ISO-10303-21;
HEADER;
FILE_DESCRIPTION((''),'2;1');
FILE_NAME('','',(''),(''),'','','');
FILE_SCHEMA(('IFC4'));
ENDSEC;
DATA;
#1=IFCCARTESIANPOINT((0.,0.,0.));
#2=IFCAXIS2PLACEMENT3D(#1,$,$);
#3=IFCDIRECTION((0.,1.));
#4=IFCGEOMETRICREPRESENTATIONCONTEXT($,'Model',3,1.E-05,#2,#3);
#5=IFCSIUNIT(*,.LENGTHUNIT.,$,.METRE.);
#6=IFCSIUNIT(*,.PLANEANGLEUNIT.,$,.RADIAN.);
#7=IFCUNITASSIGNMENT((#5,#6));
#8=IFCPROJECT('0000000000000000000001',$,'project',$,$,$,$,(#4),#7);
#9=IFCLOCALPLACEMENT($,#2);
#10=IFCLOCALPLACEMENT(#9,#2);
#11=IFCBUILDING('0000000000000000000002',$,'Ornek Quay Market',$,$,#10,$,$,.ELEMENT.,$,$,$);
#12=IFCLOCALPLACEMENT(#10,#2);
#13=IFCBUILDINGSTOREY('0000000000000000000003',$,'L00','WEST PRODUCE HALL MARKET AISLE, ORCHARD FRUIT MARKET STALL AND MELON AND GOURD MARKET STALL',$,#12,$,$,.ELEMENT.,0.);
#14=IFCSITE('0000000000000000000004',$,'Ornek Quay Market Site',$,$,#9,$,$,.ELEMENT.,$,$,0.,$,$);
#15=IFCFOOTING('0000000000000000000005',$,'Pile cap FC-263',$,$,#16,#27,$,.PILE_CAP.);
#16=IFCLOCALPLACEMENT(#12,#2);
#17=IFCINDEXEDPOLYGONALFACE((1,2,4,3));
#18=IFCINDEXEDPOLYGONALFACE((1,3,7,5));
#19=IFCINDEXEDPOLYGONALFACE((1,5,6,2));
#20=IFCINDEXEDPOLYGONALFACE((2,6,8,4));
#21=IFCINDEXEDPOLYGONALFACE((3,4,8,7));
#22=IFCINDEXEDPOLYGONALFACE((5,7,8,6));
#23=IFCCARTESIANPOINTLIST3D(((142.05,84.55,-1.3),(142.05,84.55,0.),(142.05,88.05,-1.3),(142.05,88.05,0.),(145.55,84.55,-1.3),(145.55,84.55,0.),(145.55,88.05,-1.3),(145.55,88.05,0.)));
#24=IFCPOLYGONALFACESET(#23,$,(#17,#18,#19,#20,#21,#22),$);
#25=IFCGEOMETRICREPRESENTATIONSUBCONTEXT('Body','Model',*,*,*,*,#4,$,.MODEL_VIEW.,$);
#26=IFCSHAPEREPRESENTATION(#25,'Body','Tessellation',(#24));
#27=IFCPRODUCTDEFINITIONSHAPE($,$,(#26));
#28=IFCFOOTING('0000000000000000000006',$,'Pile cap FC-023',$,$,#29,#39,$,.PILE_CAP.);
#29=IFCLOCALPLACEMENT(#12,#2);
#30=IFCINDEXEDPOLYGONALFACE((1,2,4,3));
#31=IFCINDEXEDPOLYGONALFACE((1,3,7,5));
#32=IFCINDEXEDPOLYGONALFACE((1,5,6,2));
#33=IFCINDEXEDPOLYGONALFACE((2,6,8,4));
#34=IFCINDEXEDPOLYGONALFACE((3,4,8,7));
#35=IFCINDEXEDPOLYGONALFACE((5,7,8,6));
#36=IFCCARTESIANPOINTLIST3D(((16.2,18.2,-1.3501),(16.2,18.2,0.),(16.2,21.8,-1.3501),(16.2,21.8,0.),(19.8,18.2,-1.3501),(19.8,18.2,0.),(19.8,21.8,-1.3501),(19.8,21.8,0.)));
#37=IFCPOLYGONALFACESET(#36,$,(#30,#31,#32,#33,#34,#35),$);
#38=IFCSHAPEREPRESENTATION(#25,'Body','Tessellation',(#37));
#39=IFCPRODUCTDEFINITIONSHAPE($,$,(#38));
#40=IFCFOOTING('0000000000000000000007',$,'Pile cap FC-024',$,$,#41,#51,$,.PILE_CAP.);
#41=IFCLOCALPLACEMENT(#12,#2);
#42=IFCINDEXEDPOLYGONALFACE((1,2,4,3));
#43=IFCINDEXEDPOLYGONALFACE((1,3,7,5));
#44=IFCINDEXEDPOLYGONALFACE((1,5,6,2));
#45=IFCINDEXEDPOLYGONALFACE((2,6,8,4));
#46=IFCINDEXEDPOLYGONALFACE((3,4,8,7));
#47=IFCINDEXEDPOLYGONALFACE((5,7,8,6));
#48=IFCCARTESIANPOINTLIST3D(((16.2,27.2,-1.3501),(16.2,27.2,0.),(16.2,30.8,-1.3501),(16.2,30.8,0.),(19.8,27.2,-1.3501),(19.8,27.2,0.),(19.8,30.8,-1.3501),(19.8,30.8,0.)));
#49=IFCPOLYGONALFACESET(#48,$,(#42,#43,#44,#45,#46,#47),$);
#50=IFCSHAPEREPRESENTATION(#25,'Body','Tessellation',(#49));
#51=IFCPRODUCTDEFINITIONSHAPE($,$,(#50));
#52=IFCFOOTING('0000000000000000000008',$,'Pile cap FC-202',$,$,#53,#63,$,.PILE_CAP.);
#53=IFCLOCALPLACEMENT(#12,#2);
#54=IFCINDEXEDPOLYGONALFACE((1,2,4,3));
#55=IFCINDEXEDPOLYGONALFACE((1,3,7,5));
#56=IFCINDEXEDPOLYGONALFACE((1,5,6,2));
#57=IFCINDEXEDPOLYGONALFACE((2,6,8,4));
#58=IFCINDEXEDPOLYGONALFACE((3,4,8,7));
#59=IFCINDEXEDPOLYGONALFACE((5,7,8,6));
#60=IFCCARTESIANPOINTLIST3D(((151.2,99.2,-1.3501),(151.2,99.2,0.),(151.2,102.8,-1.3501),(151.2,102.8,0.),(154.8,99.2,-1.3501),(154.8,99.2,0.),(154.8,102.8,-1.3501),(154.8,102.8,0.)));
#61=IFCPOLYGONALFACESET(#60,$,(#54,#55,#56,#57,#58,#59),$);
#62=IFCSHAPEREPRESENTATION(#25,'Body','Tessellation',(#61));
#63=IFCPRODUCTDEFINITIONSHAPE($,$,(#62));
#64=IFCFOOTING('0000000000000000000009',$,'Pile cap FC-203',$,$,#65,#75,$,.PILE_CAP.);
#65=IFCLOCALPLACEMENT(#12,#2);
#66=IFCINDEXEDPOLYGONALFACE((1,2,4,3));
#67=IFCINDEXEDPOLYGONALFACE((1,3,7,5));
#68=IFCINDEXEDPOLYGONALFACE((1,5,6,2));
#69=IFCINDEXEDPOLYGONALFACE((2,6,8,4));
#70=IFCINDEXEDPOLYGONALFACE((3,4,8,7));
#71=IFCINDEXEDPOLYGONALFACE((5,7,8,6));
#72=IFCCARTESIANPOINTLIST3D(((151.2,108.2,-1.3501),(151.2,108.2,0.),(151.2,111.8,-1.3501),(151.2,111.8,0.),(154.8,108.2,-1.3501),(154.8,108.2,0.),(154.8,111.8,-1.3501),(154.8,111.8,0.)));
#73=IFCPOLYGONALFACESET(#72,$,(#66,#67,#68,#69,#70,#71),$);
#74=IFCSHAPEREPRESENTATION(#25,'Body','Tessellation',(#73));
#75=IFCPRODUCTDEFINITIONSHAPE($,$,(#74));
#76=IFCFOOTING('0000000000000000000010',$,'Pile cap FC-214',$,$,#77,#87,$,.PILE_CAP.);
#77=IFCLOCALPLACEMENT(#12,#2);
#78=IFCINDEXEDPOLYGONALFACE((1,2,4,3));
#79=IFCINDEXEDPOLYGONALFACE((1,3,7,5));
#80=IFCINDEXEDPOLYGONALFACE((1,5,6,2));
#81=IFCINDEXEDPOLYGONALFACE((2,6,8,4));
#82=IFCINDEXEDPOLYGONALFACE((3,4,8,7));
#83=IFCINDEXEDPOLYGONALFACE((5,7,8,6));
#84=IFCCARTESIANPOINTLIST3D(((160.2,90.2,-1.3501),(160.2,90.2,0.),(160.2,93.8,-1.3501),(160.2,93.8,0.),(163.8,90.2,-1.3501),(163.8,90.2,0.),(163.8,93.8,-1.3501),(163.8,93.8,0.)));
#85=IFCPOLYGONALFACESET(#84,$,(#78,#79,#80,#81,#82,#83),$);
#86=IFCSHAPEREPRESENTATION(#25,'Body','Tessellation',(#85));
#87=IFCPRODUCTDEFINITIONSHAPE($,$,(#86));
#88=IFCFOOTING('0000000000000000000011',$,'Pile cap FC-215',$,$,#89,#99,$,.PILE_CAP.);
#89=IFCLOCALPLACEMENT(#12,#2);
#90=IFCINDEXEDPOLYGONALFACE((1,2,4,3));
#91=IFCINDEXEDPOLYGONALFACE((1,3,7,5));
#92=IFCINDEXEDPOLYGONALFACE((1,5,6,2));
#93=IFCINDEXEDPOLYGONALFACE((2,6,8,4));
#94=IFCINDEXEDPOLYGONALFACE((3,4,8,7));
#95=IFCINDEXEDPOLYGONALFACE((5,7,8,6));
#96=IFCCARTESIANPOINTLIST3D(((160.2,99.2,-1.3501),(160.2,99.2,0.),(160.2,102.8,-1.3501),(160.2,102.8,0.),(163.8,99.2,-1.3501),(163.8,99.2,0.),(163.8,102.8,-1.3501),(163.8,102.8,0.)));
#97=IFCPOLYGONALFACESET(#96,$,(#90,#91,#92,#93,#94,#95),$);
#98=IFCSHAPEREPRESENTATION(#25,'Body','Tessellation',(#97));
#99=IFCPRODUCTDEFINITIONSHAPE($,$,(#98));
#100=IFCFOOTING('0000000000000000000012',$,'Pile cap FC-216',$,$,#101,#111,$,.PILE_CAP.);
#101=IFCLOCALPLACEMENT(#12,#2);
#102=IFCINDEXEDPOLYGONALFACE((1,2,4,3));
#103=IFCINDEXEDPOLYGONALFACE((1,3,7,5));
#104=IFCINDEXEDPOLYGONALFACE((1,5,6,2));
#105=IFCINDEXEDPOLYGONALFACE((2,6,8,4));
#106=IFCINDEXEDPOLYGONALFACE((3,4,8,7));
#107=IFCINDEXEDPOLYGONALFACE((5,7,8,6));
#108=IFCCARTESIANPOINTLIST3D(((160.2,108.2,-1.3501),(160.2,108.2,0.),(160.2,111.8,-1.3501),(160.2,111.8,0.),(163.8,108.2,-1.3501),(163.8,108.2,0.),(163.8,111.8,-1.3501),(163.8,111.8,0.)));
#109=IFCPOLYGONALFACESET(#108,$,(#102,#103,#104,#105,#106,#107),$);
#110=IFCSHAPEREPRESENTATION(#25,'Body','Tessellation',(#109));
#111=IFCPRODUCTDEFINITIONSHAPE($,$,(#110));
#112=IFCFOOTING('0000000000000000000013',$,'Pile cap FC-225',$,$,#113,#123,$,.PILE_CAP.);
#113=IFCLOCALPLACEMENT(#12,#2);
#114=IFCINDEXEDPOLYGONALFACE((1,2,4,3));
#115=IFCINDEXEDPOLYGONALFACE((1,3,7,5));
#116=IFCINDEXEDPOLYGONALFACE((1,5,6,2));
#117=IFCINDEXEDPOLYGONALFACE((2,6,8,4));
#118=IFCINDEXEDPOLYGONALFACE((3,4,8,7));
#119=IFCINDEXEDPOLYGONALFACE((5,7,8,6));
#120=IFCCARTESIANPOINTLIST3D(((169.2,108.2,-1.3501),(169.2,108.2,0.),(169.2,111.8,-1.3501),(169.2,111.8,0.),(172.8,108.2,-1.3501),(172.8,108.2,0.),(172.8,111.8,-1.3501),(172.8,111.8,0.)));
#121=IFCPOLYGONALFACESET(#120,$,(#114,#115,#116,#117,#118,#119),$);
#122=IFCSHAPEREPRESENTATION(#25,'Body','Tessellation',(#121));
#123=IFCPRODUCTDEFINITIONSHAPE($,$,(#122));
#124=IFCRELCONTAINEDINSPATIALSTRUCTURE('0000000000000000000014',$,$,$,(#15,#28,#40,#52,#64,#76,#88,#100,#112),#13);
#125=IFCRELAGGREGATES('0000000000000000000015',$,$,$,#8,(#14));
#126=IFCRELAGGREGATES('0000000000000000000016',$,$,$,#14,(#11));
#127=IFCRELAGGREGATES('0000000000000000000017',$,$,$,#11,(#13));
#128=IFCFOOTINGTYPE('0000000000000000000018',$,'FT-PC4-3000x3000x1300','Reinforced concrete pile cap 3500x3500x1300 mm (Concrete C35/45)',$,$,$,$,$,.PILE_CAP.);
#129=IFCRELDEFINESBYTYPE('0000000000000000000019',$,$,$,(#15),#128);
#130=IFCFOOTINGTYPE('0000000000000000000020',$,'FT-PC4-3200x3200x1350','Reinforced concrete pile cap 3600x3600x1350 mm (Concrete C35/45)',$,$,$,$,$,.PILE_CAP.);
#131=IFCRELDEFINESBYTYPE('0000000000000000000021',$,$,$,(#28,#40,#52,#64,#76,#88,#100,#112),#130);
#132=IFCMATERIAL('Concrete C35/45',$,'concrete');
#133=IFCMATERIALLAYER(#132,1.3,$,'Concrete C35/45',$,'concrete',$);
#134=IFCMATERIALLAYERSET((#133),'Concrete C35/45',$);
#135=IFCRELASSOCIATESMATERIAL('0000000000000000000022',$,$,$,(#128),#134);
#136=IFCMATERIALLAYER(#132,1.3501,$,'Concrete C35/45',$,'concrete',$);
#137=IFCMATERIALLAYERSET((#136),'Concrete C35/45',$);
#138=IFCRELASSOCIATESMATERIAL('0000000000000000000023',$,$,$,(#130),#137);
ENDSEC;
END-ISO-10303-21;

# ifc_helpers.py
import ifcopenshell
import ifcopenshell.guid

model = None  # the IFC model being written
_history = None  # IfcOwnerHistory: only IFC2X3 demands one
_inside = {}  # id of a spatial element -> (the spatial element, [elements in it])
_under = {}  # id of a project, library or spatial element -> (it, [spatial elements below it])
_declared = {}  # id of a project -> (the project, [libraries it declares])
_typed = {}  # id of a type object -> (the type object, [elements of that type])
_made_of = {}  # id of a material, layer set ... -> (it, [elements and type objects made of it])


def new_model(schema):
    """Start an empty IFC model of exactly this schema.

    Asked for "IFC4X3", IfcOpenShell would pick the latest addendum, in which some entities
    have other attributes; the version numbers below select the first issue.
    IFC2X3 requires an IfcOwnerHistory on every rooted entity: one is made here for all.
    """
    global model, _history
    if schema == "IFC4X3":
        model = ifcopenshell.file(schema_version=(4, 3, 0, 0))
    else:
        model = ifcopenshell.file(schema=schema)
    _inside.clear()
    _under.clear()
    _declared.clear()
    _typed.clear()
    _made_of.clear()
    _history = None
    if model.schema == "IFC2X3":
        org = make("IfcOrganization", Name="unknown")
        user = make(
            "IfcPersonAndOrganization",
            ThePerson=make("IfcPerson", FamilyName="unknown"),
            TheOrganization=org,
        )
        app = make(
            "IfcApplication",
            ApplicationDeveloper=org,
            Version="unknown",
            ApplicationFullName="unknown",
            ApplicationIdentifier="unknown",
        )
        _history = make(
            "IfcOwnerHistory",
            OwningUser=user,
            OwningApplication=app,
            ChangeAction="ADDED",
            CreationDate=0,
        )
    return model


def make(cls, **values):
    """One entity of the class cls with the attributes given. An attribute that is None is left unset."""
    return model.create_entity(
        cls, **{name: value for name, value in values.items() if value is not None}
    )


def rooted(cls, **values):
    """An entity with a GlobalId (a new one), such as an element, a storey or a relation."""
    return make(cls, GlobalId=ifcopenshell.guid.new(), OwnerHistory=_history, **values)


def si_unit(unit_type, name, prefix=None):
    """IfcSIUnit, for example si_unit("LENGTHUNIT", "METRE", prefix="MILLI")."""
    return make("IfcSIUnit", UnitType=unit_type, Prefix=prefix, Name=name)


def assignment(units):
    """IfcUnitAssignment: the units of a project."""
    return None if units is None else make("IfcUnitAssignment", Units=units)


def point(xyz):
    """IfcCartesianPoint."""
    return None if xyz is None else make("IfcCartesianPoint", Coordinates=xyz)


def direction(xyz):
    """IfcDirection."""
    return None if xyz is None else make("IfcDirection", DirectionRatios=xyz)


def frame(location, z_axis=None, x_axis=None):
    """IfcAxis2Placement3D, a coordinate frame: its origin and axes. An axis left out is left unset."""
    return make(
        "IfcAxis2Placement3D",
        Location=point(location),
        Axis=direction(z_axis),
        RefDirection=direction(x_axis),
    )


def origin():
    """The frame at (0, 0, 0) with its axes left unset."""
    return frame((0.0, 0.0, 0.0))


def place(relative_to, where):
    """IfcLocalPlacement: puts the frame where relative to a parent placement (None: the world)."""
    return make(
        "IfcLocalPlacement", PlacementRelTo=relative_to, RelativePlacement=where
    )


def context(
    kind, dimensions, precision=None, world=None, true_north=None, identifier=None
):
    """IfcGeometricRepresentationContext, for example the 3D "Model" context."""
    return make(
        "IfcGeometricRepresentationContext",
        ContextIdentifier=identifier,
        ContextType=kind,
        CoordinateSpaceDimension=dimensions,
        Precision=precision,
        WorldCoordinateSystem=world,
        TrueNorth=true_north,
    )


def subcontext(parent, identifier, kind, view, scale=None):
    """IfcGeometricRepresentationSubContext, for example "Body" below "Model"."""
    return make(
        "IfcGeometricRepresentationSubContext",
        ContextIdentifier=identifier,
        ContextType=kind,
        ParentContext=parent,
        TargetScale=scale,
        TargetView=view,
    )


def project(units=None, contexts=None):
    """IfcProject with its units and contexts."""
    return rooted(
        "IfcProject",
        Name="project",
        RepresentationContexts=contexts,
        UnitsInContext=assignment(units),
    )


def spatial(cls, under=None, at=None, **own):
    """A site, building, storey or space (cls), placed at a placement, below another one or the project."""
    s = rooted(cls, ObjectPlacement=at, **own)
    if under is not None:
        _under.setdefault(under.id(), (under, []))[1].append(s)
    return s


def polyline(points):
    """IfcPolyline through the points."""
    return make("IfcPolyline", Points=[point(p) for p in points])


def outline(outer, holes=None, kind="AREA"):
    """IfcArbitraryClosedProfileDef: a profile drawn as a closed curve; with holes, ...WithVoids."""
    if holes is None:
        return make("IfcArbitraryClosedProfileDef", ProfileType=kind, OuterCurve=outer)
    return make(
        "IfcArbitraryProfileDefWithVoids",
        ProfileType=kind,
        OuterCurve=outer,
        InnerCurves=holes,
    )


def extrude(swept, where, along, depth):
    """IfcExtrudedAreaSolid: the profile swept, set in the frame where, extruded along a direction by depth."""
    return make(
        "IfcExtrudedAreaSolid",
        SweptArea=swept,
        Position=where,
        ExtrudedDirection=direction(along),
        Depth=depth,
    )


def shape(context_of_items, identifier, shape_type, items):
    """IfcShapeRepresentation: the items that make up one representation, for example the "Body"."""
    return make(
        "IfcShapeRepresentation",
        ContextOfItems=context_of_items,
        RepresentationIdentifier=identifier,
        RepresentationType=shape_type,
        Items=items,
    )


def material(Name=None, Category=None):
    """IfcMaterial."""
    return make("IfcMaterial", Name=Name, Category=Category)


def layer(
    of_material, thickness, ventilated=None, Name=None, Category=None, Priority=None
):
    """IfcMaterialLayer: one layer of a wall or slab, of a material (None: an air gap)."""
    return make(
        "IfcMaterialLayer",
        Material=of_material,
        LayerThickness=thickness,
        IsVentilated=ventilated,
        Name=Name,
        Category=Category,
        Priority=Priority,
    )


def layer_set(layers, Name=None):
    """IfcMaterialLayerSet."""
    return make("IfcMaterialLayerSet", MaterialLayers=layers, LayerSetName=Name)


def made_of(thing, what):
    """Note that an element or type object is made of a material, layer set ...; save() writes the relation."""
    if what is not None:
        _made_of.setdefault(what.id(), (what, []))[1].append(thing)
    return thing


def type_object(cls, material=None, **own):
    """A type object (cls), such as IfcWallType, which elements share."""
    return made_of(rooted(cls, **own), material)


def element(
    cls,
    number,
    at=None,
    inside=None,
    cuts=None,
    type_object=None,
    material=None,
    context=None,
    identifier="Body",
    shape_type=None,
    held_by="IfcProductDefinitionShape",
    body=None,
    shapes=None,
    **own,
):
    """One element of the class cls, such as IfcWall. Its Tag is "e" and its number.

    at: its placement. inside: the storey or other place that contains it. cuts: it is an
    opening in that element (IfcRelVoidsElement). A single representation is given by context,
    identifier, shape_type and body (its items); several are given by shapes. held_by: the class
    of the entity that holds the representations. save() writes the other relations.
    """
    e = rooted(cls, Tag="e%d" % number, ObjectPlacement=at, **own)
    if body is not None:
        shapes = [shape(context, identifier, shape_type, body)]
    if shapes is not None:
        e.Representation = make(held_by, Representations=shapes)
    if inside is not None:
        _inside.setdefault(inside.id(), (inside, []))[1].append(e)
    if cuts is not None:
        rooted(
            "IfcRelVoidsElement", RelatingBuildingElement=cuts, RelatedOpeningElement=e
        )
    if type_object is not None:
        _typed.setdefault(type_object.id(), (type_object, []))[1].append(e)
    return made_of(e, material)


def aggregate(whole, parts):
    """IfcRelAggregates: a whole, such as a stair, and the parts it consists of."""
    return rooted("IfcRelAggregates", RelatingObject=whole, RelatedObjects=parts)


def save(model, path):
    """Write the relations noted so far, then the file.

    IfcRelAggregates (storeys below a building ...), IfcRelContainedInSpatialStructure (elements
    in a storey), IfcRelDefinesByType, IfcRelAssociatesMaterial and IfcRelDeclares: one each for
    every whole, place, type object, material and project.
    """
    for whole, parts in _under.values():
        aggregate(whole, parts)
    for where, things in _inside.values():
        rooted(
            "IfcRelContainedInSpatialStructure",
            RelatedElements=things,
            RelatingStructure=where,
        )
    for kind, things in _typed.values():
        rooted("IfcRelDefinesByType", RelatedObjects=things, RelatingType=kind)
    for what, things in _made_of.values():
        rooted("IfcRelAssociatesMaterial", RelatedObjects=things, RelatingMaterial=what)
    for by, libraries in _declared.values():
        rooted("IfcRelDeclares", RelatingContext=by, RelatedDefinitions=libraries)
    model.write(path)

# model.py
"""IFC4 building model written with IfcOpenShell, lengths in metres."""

from ifc_helpers import new_model, si_unit, direction, frame, origin, place, context, subcontext, project, spatial, polyline, outline, extrude, material, layer, layer_set, type_object, element, save


model = new_model("IFC4")

# Units and contexts
model_context = context("Model", 3, precision=1e-05, world=origin(), true_north=direction((0.0, 1.0)))
body_context = subcontext(model_context, "Body", "Model", "MODEL_VIEW")
ifc_project = project(units=[si_unit("LENGTHUNIT", "METRE"), si_unit("PLANEANGLEUNIT", "RADIAN")], contexts=[model_context])

# Site, building, storey
site_placement = place(None, origin())
site = spatial("IfcSite", under=ifc_project, at=site_placement, Name="Ornek Quay Market Site", CompositionType="ELEMENT", RefElevation=0.0)
building_placement = place(site_placement, origin())
building = spatial("IfcBuilding", under=site, at=building_placement, Name="Ornek Quay Market", CompositionType="ELEMENT")
storey_placement = place(building_placement, origin())
storey = spatial("IfcBuildingStorey", under=building, at=storey_placement, Name="L00", Description="WEST PRODUCE HALL MARKET AISLE, ORCHARD FRUIT MARKET STALL AND MELON AND GOURD MARKET STALL", CompositionType="ELEMENT", Elevation=0.0)

# Footings
ifc_material = material(Name="Concrete C35/45", Category="concrete")
ifc_layer_1 = layer(ifc_material, 1.3, Name="Concrete C35/45", Category="concrete")
ifc_layer_set_1 = layer_set([ifc_layer_1], Name="Concrete C35/45")
footing_type_1 = type_object("IfcFootingType", Name="FT-PC4-3000x3000x1300", Description="Reinforced concrete pile cap 3500x3500x1300 mm (Concrete C35/45)", PredefinedType="PILE_CAP", material=ifc_layer_set_1)
footing_1_placement = place(storey_placement, frame((0.0, 0.0, -1.3)))
element("IfcFooting", 1, at=footing_1_placement, inside=storey, type_object=footing_type_1, Name="Pile cap FC-263", PredefinedType="PILE_CAP", context=body_context, shape_type="SweptSolid", body=[
    extrude(outline(polyline([(142.05, 84.55), (145.55, 84.55), (145.55, 88.05), (142.05, 88.05), (142.05, 84.55)])), origin(), (0.0, 0.0, 1.0), 1.3),
])
ifc_layer_2 = layer(ifc_material, 1.3501, Name="Concrete C35/45", Category="concrete")
ifc_layer_set_2 = layer_set([ifc_layer_2], Name="Concrete C35/45")
footing_type_2 = type_object("IfcFootingType", Name="FT-PC4-3200x3200x1350", Description="Reinforced concrete pile cap 3600x3600x1350 mm (Concrete C35/45)", PredefinedType="PILE_CAP", material=ifc_layer_set_2)
footing_2_placement = place(storey_placement, frame((0.0, 0.0, -1.3501)))
element("IfcFooting", 2, at=footing_2_placement, inside=storey, type_object=footing_type_2, Name="Pile cap FC-023", PredefinedType="PILE_CAP", context=body_context, shape_type="SweptSolid", body=[
    extrude(outline(polyline([(16.2, 18.2), (19.8, 18.2), (19.8, 21.8), (16.2, 21.8), (16.2, 18.2)])), origin(), (0.0, 0.0, 1.0), 1.3501),
])
footing_3_placement = place(storey_placement, frame((0.0, 0.0, -1.3501)))
element("IfcFooting", 3, at=footing_3_placement, inside=storey, type_object=footing_type_2, Name="Pile cap FC-024", PredefinedType="PILE_CAP", context=body_context, shape_type="SweptSolid", body=[
    extrude(outline(polyline([(16.2, 27.2), (19.8, 27.2), (19.8, 30.8), (16.2, 30.8), (16.2, 27.2)])), origin(), (0.0, 0.0, 1.0), 1.3501),
])
footing_4_placement = place(storey_placement, frame((0.0, 0.0, -1.3501)))
element("IfcFooting", 4, at=footing_4_placement, inside=storey, type_object=footing_type_2, Name="Pile cap FC-202", PredefinedType="PILE_CAP", context=body_context, shape_type="SweptSolid", body=[
    extrude(outline(polyline([(151.2, 99.2), (154.8, 99.2), (154.8, 102.8), (151.2, 102.8), (151.2, 99.2)])), origin(), (0.0, 0.0, 1.0), 1.3501),
])
footing_5_placement = place(storey_placement, frame((0.0, 0.0, -1.3501)))
element("IfcFooting", 5, at=footing_5_placement, inside=storey, type_object=footing_type_2, Name="Pile cap FC-203", PredefinedType="PILE_CAP", context=body_context, shape_type="SweptSolid", body=[
    extrude(outline(polyline([(151.2, 108.2), (154.8, 108.2), (154.8, 111.8), (151.2, 111.8), (151.2, 108.2)])), origin(), (0.0, 0.0, 1.0), 1.3501),
])
footing_6_placement = place(storey_placement, frame((0.0, 0.0, -1.3501)))
element("IfcFooting", 6, at=footing_6_placement, inside=storey, type_object=footing_type_2, Name="Pile cap FC-214", PredefinedType="PILE_CAP", context=body_context, shape_type="SweptSolid", body=[
    extrude(outline(polyline([(160.2, 90.2), (163.8, 90.2), (163.8, 93.8), (160.2, 93.8), (160.2, 90.2)])), origin(), (0.0, 0.0, 1.0), 1.3501),
])
footing_7_placement = place(storey_placement, frame((0.0, 0.0, -1.3501)))
element("IfcFooting", 7, at=footing_7_placement, inside=storey, type_object=footing_type_2, Name="Pile cap FC-215", PredefinedType="PILE_CAP", context=body_context, shape_type="SweptSolid", body=[
    extrude(outline(polyline([(160.2, 99.2), (163.8, 99.2), (163.8, 102.8), (160.2, 102.8), (160.2, 99.2)])), origin(), (0.0, 0.0, 1.0), 1.3501),
])
footing_8_placement = place(storey_placement, frame((0.0, 0.0, -1.3501)))
element("IfcFooting", 8, at=footing_8_placement, inside=storey, type_object=footing_type_2, Name="Pile cap FC-216", PredefinedType="PILE_CAP", context=body_context, shape_type="SweptSolid", body=[
    extrude(outline(polyline([(160.2, 108.2), (163.8, 108.2), (163.8, 111.8), (160.2, 111.8), (160.2, 108.2)])), origin(), (0.0, 0.0, 1.0), 1.3501),
])
footing_9_placement = place(storey_placement, frame((0.0, 0.0, -1.3501)))
element("IfcFooting", 9, at=footing_9_placement, inside=storey, type_object=footing_type_2, Name="Pile cap FC-225", PredefinedType="PILE_CAP", context=body_context, shape_type="SweptSolid", body=[
    extrude(outline(polyline([(169.2, 108.2), (172.8, 108.2), (172.8, 111.8), (169.2, 111.8), (169.2, 108.2)])), origin(), (0.0, 0.0, 1.0), 1.3501),
])

save(model, "model.ifc")
